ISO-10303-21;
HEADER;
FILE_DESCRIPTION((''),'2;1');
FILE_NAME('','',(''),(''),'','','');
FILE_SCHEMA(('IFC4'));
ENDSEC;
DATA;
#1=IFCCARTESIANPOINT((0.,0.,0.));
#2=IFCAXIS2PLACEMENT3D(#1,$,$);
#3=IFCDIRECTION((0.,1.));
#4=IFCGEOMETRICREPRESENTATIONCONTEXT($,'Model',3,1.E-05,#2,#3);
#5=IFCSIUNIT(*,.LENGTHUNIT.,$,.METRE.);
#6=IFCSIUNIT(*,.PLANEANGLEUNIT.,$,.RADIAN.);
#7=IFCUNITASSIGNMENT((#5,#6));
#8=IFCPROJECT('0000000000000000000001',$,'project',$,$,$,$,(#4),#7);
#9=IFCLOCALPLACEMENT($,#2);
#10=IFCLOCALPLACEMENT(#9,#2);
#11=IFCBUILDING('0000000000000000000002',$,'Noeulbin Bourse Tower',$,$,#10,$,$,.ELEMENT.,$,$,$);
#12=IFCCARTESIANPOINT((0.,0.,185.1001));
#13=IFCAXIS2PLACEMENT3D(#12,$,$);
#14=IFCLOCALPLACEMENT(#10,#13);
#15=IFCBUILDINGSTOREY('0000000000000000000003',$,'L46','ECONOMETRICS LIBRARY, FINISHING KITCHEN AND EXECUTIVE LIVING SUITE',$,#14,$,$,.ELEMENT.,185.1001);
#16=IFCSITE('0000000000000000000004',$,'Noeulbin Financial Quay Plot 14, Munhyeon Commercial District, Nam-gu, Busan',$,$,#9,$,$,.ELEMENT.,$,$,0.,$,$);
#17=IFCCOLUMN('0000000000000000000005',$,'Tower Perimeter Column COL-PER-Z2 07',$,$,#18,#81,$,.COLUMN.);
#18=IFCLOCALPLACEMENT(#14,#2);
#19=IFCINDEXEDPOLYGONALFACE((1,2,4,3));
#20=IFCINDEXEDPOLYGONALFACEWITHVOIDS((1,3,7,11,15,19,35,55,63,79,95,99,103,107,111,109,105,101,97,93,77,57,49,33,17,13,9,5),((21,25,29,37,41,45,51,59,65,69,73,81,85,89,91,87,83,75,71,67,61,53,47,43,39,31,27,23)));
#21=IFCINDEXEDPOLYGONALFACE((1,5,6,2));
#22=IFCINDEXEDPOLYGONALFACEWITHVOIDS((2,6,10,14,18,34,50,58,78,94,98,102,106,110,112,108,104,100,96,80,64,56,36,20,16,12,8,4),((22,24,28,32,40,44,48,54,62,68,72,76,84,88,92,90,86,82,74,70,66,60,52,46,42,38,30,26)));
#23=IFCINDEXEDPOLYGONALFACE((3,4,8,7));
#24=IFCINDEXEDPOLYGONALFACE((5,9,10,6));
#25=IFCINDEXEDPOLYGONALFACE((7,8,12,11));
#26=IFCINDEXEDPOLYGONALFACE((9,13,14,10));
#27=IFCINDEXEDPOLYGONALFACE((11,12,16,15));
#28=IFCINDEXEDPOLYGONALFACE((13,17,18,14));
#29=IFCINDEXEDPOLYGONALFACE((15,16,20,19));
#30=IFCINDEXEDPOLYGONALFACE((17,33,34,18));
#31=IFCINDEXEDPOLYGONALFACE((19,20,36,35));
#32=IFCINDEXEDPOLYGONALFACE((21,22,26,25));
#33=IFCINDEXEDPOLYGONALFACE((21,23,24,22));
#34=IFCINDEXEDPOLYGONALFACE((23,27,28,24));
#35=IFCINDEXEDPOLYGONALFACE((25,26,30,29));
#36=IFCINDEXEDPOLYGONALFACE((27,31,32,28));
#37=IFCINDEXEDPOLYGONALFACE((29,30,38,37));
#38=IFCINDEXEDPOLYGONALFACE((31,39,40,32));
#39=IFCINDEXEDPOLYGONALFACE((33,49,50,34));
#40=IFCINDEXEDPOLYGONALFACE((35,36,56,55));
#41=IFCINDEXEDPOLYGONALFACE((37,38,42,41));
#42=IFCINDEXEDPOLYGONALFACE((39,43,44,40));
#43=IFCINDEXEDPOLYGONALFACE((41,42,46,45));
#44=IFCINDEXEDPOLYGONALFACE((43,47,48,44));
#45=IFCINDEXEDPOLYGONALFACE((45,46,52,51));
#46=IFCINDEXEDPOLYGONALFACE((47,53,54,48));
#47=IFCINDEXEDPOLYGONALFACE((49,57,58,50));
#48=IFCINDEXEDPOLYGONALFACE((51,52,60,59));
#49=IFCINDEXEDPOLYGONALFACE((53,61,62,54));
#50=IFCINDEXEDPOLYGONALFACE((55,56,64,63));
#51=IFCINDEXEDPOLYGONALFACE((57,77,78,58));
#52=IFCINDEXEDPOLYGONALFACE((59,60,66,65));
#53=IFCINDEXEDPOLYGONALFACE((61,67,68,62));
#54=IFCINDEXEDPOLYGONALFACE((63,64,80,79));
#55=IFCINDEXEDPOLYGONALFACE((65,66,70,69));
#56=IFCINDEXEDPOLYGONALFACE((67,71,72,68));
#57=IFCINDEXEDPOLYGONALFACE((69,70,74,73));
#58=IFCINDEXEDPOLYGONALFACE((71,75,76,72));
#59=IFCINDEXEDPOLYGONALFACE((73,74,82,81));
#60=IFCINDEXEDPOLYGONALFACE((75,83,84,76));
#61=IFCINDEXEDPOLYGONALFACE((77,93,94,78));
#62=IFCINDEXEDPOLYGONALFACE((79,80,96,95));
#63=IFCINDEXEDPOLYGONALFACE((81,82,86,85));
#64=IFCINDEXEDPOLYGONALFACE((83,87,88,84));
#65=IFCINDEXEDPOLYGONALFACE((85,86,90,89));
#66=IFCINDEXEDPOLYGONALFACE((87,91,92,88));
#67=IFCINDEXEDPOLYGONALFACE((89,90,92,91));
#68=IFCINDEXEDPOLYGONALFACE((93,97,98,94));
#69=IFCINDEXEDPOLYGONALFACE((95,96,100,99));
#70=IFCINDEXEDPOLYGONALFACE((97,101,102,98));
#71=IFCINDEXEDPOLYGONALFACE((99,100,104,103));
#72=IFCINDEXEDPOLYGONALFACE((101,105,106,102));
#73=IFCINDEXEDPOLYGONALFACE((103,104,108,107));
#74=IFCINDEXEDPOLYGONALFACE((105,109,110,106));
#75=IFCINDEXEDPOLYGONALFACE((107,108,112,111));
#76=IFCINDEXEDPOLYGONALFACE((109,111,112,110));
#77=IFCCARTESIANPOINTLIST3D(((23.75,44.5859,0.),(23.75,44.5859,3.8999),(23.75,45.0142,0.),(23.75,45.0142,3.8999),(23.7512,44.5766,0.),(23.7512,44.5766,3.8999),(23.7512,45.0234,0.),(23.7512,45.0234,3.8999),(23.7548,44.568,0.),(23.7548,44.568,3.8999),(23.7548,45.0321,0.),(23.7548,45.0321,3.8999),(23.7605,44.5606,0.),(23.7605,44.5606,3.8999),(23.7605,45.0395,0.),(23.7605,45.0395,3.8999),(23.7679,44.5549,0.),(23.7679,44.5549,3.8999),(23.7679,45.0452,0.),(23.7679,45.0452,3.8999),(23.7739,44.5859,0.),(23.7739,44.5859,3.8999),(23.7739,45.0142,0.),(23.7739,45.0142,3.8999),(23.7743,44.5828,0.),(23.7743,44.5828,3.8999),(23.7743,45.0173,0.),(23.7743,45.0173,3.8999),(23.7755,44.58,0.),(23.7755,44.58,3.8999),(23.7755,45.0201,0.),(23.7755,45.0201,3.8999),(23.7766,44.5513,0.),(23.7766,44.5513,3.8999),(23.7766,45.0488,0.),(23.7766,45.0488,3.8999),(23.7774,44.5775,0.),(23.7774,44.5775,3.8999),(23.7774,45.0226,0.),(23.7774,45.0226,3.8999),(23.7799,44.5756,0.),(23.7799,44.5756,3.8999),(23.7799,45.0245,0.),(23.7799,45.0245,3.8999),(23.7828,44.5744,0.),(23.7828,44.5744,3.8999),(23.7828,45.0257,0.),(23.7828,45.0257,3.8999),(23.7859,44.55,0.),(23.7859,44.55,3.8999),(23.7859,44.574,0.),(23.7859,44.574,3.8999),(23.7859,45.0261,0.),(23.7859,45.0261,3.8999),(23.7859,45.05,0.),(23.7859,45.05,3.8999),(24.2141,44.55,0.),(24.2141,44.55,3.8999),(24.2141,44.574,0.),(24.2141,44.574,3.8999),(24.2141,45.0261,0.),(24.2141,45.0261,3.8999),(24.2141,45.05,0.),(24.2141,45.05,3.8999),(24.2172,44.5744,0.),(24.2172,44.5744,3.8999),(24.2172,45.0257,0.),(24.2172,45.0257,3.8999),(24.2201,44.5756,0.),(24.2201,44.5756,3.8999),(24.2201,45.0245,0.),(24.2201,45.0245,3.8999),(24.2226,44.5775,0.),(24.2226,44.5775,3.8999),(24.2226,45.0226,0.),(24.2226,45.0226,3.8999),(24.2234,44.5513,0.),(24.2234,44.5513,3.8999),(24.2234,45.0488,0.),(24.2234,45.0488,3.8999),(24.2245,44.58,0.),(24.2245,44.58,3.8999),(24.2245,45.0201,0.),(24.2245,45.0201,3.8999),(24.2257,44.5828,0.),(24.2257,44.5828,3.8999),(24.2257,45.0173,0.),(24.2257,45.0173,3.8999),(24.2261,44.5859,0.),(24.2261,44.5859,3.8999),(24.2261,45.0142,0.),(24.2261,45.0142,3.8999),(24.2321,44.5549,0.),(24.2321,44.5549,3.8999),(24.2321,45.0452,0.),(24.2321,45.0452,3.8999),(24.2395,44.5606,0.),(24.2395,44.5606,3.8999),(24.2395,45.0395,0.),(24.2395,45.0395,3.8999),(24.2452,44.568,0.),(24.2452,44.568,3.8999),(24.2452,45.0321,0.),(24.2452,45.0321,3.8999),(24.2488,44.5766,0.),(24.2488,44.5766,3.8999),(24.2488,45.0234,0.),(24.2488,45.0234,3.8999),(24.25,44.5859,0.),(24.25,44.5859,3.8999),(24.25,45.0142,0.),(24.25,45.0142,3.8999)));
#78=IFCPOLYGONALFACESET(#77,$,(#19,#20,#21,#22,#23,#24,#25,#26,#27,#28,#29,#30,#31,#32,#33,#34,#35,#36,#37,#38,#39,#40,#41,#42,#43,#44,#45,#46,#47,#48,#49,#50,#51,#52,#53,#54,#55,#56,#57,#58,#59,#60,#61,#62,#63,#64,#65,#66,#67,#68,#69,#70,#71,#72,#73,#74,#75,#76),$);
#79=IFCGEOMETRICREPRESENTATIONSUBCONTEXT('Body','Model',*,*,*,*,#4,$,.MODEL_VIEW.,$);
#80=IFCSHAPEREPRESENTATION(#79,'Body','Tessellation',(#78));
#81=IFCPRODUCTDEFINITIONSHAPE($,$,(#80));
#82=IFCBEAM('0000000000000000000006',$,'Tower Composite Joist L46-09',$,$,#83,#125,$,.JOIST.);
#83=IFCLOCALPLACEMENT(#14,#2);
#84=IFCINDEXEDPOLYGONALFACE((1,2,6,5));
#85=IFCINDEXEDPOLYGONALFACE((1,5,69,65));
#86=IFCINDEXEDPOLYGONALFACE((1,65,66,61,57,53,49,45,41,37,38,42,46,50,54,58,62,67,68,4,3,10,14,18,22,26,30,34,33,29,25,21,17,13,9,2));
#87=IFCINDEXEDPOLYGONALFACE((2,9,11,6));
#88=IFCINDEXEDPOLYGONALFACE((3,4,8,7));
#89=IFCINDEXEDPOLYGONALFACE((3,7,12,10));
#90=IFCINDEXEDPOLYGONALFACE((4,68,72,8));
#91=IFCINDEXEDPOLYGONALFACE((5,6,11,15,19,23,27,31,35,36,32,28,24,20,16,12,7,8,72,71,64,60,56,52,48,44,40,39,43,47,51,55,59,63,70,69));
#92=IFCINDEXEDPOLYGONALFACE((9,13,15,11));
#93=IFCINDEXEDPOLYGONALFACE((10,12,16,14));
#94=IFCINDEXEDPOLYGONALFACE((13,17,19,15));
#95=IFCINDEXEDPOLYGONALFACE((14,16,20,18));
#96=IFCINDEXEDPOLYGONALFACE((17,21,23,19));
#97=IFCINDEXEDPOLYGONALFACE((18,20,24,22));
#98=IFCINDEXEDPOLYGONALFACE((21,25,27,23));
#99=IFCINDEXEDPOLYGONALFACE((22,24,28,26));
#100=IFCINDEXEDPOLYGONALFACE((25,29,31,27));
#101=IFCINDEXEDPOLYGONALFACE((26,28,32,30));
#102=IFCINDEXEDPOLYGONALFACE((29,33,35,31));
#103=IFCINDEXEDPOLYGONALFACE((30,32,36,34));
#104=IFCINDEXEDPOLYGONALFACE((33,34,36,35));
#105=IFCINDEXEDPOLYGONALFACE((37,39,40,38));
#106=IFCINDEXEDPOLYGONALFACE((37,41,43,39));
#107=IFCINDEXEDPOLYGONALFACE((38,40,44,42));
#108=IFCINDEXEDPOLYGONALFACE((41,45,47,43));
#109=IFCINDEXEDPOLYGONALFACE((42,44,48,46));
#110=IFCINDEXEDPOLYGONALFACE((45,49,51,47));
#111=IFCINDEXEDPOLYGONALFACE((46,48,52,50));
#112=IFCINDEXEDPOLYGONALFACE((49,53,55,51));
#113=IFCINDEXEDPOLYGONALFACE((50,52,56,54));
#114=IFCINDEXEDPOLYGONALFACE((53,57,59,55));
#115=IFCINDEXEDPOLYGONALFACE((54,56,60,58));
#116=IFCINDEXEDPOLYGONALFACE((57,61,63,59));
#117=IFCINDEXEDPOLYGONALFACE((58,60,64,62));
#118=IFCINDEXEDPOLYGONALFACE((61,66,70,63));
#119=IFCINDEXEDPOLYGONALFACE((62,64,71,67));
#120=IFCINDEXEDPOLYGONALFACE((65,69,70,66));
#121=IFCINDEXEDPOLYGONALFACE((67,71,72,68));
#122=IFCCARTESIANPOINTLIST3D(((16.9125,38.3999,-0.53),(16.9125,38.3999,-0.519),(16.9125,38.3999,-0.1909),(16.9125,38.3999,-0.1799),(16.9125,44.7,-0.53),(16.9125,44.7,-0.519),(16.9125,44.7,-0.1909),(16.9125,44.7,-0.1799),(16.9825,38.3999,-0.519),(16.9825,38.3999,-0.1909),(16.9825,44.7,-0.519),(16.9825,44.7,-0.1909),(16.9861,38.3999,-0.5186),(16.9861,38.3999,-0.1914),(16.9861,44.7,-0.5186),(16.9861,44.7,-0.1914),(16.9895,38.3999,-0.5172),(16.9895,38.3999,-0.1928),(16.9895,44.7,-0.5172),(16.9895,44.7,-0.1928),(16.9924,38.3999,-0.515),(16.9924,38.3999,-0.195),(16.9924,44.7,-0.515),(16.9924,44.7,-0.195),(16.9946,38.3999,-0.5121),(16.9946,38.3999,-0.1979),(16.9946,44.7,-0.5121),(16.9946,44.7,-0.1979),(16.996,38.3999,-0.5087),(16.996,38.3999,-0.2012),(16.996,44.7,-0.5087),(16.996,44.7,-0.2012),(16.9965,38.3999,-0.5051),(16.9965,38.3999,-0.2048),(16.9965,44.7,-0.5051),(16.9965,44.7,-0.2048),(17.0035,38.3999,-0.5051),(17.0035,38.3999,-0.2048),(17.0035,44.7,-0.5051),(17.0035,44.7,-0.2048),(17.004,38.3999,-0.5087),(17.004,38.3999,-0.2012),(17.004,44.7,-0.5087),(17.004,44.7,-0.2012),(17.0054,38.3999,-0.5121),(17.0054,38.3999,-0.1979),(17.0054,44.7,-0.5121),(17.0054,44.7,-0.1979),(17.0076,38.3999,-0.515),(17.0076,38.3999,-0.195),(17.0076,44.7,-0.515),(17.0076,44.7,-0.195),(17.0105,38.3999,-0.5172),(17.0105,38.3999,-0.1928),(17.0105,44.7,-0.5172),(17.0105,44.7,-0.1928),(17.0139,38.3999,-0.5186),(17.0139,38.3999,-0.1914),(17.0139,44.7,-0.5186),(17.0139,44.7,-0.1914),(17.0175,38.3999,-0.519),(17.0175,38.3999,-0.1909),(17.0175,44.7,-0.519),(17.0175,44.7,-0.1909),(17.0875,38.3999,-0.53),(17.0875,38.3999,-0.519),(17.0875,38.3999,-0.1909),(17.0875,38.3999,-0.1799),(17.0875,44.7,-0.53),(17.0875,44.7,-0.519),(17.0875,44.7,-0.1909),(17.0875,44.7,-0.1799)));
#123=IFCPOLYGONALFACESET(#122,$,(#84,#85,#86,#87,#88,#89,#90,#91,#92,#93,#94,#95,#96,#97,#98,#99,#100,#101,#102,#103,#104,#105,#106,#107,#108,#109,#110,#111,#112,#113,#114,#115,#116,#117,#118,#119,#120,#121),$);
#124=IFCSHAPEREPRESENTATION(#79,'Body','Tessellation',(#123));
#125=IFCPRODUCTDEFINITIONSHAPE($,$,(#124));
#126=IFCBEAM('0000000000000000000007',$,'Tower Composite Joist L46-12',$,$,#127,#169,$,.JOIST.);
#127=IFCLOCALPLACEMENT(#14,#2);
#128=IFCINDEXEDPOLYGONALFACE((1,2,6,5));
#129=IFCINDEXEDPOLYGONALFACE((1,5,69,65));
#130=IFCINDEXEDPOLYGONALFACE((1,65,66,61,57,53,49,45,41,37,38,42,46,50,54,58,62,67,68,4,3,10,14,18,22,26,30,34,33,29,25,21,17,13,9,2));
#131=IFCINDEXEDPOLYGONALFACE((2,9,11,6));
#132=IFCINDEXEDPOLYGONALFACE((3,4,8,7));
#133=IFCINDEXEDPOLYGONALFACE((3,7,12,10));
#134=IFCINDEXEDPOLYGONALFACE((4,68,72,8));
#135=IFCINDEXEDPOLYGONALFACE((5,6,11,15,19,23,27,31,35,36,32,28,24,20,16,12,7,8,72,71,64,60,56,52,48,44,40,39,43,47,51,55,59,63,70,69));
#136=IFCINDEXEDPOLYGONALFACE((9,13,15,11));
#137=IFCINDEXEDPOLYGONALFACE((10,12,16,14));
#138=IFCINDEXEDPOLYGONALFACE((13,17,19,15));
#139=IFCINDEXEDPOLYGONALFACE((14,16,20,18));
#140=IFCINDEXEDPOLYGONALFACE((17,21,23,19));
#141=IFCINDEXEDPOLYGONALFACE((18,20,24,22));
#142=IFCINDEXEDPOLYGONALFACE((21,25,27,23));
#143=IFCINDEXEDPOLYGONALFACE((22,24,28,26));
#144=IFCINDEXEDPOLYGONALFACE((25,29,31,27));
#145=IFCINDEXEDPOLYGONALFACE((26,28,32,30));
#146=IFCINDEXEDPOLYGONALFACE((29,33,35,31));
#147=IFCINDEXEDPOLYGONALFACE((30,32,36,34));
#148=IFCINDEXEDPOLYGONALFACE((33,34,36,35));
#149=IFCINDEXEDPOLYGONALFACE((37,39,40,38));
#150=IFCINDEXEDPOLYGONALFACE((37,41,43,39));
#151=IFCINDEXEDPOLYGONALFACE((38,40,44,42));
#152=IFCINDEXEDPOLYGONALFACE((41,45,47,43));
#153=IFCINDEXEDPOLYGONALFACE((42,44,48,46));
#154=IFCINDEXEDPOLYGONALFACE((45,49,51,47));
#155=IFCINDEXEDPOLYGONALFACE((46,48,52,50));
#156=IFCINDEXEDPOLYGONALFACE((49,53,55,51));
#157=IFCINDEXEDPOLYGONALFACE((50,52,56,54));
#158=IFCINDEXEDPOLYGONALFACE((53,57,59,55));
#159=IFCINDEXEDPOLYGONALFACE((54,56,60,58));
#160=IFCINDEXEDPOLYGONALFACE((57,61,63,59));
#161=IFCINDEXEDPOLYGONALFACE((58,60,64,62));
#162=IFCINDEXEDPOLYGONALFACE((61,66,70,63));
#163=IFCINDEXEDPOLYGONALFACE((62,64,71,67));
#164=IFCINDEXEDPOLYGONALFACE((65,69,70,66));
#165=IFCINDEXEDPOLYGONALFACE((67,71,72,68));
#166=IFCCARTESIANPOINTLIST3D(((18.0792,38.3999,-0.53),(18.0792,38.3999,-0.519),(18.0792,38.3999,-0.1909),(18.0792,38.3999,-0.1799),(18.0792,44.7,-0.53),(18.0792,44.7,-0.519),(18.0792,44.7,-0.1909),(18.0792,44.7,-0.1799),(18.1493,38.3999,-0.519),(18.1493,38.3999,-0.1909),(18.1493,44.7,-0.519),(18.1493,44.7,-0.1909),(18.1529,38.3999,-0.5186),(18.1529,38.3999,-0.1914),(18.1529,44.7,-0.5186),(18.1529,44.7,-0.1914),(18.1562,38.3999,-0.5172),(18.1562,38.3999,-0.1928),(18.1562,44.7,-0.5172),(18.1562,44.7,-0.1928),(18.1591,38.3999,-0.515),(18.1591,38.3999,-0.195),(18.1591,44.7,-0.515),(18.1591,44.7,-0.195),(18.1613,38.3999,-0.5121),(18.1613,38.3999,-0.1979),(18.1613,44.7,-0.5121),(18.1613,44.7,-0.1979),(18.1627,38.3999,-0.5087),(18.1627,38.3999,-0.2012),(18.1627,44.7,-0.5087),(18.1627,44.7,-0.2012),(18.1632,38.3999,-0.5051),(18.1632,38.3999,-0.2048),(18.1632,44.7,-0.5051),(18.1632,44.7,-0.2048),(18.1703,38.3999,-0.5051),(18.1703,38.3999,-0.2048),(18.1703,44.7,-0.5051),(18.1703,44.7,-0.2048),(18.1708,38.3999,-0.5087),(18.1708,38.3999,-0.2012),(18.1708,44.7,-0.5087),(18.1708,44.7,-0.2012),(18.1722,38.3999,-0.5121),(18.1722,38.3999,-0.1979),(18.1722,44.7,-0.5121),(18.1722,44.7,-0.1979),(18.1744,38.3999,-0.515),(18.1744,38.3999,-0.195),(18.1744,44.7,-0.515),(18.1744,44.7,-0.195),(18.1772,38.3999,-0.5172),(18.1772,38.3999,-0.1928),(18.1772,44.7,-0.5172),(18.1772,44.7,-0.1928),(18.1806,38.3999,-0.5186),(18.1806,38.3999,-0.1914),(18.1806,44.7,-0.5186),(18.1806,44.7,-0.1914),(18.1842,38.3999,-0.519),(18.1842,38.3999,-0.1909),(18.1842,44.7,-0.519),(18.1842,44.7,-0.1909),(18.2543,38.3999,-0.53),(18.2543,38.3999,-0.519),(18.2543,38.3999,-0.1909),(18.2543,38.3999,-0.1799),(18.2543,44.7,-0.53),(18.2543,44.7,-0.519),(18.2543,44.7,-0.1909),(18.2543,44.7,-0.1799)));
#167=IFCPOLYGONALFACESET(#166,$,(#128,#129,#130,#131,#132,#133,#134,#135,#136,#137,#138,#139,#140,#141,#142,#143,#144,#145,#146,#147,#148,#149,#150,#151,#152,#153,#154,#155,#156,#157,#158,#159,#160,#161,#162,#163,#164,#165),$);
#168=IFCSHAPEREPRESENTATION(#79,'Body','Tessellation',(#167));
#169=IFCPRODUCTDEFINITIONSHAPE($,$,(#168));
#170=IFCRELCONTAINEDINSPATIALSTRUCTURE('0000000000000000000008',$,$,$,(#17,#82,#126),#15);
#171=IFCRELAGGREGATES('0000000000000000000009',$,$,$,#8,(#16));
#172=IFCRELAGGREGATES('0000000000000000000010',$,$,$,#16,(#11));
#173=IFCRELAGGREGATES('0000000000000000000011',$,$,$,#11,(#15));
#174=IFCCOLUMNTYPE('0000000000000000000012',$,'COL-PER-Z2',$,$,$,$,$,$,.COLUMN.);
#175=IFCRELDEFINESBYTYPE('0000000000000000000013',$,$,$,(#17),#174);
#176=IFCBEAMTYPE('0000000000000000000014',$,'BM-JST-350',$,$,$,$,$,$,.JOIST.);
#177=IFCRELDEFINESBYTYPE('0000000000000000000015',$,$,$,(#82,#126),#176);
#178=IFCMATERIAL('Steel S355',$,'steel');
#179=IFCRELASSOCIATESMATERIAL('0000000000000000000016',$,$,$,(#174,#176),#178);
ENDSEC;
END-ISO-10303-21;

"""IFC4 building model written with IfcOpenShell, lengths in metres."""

from ifc_helpers import new_model, si_unit, direction, frame, origin, origin_2d, place, context, subcontext, project, spatial, hollow_rectangle, i_section, extrude, material, material_profile, profile_set, type_object, element, save


model = new_model("IFC4")

# Units and contexts
model_context = context("Model", 3, precision=1e-05, world=origin(), true_north=direction((0.0, 1.0)))
body_context = subcontext(model_context, "Body", "Model", "MODEL_VIEW")
ifc_project = project(units=[si_unit("LENGTHUNIT", "METRE"), si_unit("PLANEANGLEUNIT", "RADIAN")], contexts=[model_context])

# Site, building, storey
site_placement = place(None, origin())
site = spatial("IfcSite", under=ifc_project, at=site_placement, Name="Noeulbin Financial Quay Plot 14, Munhyeon Commercial District, Nam-gu, Busan", CompositionType="ELEMENT", RefElevation=0.0)
building_placement = place(site_placement, origin())
building = spatial("IfcBuilding", under=site, at=building_placement, Name="Noeulbin Bourse Tower", CompositionType="ELEMENT")
storey_placement = place(building_placement, frame((0.0, 0.0, 185.1001)))
storey = spatial("IfcBuildingStorey", under=building, at=storey_placement, Name="L46", Description="ECONOMETRICS LIBRARY, FINISHING KITCHEN AND EXECUTIVE LIVING SUITE", CompositionType="ELEMENT", Elevation=185.1001)

# Column
ifc_material_1 = material(Name="Steel S355", Category="steel")
ifc_material_profile_1 = material_profile(ifc_material_1, hollow_rectangle(XDim=0.5, YDim=0.5, WallThickness=0.0239, InnerFilletRadius=0.012, OuterFilletRadius=0.0359, at=origin_2d()), Name="BOX-500x500x24", Category="LoadBearing")
ifc_profile_set_1 = profile_set([ifc_material_profile_1], Name="Steel S355")
column_type = type_object("IfcColumnType", Name="COL-PER-Z2", PredefinedType="COLUMN", material=ifc_profile_set_1)
column_placement = place(storey_placement, frame((24.0, 44.8, 0.0), z_axis=(0.0, 0.0, 1.0), x_axis=(1.0, 0.0, 0.0)))
element("IfcColumn", 1, at=column_placement, inside=storey, type_object=column_type, Name="Tower Perimeter Column COL-PER-Z2 07", PredefinedType="COLUMN", context=body_context, shape_type="SweptSolid", body=[
    extrude(hollow_rectangle(XDim=0.5, YDim=0.5, WallThickness=0.0239, InnerFilletRadius=0.012, OuterFilletRadius=0.0359, at=origin_2d()), origin(), (0.0, 0.0, 1.0), 3.8999),
])

# Beams
ifc_material_profile_2 = material_profile(ifc_material_1, i_section(OverallWidth=0.175, OverallDepth=0.3501, WebThickness=0.0071, FlangeThickness=0.011, FilletRadius=0.0139, at=origin_2d()), Name="H-350x175x7x11", Category="LoadBearing")
ifc_profile_set_2 = profile_set([ifc_material_profile_2], Name="Steel S355")
beam_type_1 = type_object("IfcBeamType", Name="BM-JST-350", PredefinedType="JOIST", material=ifc_profile_set_2)
for number, where, z_axis, x_axis, name in (
    (2, (17.0, 38.3999, -0.355), (0.0, 1.0, 0.0), (-1.0, 0.0, 0.0), "Tower Composite Joist L46-09"),
    (3, (18.1667, 38.3999, -0.355), (0.0, 1.0, 0.0), (-1.0, 0.0, 0.0), "Tower Composite Joist L46-12"),
):
    element("IfcBeam", number, at=place(storey_placement, frame(where, z_axis=z_axis, x_axis=x_axis)), inside=storey, type_object=beam_type_1, Name=name, PredefinedType="JOIST", context=body_context, shape_type="SweptSolid", body=[
        extrude(i_section(OverallWidth=0.175, OverallDepth=0.3501, WebThickness=0.0071, FlangeThickness=0.011, FilletRadius=0.0139, at=origin_2d()), origin(), (0.0, 0.0, 1.0), 6.3),
    ])

save(model, "model.ifc")
